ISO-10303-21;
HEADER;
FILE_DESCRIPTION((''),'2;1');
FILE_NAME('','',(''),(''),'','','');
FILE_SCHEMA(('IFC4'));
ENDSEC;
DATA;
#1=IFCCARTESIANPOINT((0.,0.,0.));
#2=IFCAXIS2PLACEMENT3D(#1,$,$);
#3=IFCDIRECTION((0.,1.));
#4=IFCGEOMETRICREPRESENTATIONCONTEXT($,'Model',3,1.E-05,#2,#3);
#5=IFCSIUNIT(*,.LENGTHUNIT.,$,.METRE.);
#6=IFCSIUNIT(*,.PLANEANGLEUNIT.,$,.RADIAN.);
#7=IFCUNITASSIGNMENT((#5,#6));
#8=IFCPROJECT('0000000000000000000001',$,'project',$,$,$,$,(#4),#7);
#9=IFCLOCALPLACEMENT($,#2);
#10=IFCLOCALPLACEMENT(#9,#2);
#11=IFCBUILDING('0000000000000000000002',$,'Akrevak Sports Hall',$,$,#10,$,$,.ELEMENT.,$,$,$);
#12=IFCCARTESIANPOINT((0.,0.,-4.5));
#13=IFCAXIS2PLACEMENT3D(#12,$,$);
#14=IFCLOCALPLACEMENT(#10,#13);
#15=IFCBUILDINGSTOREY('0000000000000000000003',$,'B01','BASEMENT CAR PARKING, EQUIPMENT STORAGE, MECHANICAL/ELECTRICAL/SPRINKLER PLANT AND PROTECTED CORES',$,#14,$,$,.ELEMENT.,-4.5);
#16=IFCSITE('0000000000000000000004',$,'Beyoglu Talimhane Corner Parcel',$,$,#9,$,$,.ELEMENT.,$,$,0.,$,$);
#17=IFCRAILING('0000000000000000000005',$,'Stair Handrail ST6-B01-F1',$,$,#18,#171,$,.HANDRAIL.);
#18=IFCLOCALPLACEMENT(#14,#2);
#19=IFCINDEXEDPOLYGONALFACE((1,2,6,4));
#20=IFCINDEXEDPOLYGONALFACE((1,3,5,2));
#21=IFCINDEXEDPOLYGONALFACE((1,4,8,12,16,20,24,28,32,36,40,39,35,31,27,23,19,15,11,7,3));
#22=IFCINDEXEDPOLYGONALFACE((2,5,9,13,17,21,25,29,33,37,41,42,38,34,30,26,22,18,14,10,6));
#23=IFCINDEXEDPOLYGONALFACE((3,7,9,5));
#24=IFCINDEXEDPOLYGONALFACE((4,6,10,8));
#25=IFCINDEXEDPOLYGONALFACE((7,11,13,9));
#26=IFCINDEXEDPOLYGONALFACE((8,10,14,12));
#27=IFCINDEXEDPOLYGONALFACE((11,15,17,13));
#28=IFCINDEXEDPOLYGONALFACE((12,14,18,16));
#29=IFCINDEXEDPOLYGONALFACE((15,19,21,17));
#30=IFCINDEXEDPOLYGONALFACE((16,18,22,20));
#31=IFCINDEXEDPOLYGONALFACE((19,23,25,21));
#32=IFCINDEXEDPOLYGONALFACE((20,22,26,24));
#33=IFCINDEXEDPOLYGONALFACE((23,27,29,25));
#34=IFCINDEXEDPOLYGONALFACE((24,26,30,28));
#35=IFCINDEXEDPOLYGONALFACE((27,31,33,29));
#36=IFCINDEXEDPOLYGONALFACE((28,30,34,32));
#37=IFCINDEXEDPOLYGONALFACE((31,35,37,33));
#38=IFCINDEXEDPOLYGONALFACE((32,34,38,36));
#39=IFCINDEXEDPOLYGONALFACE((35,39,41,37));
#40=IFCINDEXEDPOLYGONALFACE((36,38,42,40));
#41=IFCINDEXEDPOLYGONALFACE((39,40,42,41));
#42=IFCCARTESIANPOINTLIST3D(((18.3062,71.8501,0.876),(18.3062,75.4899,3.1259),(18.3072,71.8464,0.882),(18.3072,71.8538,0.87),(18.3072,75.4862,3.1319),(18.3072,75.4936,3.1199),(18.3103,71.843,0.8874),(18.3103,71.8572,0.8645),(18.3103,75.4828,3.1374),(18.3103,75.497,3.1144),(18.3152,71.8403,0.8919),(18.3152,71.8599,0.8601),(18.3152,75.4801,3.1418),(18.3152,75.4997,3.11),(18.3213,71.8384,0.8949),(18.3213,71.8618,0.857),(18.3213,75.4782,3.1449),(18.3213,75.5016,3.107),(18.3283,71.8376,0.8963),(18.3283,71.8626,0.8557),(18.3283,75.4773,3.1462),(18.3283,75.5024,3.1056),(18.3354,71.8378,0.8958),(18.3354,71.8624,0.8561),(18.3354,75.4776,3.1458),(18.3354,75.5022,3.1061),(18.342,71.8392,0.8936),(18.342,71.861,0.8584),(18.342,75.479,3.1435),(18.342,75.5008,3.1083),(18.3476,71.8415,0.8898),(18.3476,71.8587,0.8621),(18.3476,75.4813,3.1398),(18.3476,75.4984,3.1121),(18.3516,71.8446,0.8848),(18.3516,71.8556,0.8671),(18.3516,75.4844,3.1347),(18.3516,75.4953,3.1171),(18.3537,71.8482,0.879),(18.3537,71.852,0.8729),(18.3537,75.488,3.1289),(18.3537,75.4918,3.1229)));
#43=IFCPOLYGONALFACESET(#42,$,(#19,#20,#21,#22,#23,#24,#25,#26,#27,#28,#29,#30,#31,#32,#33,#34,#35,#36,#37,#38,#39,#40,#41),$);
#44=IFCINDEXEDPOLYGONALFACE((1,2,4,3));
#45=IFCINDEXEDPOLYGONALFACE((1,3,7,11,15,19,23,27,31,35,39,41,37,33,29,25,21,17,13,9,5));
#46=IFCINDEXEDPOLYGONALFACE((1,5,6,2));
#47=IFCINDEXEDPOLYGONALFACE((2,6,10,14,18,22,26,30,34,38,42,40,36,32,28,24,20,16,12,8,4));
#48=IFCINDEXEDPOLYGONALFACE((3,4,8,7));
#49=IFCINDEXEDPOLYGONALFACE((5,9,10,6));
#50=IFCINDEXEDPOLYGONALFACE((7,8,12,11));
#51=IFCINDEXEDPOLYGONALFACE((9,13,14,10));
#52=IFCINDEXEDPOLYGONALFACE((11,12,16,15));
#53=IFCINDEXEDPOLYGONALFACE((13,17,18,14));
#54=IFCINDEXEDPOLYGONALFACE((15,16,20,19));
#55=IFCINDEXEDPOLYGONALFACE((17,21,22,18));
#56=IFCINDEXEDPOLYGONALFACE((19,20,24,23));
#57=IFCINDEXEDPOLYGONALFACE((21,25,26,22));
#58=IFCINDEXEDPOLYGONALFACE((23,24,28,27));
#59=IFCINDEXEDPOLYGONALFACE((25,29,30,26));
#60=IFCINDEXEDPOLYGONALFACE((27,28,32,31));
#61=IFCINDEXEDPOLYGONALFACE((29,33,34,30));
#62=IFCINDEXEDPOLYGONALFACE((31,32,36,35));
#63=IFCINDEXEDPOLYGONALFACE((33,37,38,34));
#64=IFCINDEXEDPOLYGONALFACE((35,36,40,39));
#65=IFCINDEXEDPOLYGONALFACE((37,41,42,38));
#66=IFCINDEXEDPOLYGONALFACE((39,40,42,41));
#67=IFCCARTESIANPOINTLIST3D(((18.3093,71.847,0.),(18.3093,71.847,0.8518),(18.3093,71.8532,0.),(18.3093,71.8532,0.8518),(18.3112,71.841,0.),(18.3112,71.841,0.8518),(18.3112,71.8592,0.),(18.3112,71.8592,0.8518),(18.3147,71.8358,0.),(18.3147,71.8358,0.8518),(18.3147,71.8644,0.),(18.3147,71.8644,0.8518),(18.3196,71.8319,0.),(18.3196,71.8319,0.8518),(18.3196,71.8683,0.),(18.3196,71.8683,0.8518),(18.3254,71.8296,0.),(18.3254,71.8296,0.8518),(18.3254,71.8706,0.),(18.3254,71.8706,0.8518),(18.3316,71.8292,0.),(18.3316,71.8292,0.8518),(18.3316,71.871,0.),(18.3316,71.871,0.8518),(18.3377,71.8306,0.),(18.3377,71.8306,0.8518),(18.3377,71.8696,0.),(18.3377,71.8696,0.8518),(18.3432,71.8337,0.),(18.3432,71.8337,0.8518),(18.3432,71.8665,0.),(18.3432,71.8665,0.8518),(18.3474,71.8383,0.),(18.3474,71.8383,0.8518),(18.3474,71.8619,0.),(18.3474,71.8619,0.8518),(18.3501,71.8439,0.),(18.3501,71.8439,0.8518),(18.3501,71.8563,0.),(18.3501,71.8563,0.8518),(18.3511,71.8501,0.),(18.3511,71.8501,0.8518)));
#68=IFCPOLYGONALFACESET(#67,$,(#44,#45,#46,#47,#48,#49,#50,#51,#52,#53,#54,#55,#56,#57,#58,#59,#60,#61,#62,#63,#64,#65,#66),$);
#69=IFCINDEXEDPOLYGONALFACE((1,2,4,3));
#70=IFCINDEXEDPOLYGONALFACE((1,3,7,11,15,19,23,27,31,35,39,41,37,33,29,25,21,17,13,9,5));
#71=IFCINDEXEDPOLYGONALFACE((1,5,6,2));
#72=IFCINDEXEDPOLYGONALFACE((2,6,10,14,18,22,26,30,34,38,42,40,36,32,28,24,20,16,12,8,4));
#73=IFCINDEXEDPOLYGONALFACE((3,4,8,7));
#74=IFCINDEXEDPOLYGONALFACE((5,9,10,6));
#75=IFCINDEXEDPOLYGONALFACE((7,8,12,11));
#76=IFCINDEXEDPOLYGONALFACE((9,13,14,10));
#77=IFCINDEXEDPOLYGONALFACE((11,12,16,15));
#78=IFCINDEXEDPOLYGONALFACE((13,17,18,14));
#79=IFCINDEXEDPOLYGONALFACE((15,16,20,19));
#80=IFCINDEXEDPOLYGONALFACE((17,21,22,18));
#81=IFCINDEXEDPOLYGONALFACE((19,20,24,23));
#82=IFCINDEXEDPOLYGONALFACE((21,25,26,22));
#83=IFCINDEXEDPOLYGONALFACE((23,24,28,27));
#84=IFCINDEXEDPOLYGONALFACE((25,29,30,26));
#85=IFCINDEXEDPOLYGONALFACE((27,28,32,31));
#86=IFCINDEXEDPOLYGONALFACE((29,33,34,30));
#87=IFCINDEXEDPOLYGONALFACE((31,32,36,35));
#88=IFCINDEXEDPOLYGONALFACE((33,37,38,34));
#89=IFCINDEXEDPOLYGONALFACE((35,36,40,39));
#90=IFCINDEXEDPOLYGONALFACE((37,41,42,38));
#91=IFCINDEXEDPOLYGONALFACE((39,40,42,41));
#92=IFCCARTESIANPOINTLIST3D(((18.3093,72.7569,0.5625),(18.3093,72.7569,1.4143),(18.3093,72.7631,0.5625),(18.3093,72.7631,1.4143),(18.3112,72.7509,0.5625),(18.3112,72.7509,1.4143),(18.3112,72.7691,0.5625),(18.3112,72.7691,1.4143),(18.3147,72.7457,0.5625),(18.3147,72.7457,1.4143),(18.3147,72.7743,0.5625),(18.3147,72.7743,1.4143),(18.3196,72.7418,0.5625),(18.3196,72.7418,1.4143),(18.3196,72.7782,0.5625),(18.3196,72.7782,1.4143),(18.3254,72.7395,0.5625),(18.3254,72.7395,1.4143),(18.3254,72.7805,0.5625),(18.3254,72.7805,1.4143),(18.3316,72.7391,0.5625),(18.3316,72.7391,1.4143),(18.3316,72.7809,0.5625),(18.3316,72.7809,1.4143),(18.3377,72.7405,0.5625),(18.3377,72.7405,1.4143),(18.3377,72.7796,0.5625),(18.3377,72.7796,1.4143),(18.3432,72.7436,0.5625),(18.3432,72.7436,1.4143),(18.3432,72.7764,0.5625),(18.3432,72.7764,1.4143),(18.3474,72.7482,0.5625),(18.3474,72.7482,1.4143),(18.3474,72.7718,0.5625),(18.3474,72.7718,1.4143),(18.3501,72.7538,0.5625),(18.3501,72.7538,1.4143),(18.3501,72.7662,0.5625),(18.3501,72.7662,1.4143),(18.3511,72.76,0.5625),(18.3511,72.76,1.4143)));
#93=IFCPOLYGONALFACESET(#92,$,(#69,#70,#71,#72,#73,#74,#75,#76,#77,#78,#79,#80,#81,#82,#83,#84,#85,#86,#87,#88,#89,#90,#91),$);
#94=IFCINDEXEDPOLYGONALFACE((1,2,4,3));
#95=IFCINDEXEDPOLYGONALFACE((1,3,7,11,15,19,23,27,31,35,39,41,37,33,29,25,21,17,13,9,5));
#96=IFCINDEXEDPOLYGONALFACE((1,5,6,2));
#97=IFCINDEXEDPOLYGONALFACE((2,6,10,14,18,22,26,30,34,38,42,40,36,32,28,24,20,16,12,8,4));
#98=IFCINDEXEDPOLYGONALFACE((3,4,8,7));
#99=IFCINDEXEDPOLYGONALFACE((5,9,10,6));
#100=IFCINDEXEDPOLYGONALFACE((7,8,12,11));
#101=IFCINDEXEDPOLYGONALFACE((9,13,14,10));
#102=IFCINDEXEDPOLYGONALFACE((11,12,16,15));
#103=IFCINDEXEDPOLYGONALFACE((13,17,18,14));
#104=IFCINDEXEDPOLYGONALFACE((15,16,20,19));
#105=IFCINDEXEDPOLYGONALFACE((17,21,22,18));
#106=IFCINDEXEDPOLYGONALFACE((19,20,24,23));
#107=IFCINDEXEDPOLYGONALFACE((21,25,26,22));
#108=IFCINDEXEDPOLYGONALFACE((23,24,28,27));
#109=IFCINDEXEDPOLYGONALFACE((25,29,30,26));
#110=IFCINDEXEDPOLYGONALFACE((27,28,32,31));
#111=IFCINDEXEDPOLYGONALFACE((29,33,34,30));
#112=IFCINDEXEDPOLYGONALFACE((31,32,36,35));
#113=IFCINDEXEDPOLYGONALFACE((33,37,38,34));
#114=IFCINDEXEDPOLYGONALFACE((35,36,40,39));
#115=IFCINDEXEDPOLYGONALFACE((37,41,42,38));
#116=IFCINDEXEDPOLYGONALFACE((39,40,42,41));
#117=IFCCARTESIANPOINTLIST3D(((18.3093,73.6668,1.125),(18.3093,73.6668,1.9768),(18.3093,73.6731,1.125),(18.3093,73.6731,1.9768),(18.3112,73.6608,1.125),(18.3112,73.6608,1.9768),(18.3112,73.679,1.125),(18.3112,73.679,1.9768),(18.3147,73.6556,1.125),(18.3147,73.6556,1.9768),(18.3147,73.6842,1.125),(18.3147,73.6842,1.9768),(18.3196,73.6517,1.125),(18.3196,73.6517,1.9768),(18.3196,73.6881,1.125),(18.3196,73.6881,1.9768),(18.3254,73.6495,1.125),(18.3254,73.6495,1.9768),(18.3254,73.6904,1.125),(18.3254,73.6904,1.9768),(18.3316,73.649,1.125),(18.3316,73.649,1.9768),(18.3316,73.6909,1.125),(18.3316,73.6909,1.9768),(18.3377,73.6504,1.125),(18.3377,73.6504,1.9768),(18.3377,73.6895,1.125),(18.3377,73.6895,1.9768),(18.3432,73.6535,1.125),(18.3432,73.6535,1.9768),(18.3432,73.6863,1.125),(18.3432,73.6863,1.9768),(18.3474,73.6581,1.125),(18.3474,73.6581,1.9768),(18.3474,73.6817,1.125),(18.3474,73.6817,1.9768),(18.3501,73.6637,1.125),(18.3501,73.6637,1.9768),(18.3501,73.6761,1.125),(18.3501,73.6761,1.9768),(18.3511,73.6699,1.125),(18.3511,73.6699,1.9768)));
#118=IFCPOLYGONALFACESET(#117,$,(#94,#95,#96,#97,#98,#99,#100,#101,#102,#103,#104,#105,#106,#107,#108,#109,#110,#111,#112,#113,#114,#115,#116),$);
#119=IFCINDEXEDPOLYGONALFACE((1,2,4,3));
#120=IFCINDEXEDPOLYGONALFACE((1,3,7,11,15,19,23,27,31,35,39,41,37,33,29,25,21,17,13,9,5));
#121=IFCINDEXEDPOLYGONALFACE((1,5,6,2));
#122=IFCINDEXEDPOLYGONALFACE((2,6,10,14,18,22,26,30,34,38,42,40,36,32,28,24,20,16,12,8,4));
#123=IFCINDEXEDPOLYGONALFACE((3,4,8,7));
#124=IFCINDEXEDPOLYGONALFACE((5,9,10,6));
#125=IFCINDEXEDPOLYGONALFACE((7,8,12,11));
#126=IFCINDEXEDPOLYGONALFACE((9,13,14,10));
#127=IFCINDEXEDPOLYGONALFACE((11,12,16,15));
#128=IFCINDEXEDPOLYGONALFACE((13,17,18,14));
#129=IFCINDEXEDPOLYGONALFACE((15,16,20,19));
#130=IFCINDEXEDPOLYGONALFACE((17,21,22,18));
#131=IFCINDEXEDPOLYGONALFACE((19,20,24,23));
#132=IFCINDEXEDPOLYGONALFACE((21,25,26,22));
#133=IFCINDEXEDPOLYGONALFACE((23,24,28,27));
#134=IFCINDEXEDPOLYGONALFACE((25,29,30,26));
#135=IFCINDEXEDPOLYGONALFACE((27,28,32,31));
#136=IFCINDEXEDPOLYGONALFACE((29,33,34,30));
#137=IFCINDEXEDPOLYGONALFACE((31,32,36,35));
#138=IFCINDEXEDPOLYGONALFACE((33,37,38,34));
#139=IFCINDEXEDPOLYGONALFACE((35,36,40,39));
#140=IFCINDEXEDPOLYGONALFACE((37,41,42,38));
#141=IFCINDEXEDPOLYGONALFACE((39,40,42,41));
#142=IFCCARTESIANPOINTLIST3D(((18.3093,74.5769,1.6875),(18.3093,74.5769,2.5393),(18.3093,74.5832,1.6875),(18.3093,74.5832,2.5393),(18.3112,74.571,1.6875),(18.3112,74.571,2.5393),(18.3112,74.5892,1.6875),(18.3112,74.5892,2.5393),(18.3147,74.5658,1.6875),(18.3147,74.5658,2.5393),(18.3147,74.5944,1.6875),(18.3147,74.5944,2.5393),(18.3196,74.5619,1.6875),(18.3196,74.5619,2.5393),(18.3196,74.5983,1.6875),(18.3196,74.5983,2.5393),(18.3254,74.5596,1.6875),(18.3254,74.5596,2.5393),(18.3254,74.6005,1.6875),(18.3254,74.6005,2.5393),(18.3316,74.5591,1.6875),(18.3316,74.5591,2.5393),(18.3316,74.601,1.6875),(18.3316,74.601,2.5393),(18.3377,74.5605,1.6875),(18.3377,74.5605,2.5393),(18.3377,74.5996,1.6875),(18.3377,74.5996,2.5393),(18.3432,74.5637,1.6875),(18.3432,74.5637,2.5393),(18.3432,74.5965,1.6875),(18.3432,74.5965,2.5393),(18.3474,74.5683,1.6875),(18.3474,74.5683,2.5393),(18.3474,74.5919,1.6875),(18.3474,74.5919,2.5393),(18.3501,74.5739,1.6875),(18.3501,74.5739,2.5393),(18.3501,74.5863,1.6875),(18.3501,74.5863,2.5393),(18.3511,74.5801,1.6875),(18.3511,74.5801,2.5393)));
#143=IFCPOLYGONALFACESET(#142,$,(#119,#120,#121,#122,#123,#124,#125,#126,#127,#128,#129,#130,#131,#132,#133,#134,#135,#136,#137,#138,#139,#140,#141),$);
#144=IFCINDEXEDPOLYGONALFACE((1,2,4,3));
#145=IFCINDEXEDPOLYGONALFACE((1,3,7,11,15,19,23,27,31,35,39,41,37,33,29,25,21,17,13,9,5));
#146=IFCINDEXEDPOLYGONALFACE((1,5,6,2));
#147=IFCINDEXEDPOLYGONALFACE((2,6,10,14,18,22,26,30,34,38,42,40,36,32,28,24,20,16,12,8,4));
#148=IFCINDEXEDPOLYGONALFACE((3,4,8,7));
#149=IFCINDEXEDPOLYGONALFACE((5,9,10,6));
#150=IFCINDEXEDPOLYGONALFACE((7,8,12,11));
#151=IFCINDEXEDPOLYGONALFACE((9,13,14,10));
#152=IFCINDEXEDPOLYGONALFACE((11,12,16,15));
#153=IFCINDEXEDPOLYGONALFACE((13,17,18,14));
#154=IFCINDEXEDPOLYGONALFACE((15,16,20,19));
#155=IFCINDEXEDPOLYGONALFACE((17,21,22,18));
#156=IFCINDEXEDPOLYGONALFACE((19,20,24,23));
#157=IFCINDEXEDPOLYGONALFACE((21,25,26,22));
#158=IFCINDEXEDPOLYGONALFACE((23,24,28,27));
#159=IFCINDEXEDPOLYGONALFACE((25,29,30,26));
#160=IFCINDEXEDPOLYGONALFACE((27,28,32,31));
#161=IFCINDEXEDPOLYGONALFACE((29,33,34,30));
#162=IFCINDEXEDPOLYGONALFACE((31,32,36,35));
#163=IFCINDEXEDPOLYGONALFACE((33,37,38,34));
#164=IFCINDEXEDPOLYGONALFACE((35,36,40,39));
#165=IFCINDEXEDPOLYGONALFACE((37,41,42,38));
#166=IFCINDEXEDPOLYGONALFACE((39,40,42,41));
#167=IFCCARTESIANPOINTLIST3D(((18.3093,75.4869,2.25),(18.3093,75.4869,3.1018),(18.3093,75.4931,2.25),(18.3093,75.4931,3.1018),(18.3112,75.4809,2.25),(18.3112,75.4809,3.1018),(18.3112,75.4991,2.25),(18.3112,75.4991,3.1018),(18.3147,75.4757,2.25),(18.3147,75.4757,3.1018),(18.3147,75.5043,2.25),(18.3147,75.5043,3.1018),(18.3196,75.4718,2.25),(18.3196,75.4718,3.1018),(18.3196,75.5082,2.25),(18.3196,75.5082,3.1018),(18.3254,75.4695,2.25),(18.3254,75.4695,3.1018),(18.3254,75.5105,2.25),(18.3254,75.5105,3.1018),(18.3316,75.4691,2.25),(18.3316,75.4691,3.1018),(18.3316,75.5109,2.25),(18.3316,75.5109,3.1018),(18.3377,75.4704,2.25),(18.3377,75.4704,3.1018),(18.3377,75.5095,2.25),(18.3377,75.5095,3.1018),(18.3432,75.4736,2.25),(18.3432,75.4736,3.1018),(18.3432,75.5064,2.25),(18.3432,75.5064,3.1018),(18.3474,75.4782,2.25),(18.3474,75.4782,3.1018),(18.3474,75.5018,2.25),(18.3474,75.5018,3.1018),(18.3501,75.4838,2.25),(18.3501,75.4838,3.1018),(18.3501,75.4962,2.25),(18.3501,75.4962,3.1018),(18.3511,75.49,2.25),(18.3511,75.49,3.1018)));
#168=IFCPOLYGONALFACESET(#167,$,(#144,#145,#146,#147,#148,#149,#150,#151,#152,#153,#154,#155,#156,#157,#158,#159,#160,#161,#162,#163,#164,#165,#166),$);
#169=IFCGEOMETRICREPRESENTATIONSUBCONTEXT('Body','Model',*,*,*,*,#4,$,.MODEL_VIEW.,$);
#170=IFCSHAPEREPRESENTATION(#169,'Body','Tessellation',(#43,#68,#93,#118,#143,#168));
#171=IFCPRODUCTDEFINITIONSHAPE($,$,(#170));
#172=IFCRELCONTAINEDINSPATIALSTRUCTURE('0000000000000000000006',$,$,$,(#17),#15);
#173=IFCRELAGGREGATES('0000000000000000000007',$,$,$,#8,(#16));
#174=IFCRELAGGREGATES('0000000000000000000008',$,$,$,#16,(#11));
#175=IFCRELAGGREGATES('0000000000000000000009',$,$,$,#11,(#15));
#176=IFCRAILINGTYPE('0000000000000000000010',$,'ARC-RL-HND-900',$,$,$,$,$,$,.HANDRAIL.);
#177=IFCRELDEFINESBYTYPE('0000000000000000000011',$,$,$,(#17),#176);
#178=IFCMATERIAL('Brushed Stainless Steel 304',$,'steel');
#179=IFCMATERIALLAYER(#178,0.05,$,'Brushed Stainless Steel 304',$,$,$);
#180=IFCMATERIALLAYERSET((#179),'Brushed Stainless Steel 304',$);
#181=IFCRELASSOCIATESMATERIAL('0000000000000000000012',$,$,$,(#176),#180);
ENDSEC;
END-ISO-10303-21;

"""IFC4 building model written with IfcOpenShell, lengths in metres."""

from ifc_helpers import new_model, si_unit, direction, frame, origin, origin_2d, place, context, subcontext, project, spatial, circle, extrude, material, layer, layer_set, type_object, element, save


model = new_model("IFC4")

# Units and contexts
model_context = context("Model", 3, precision=1e-05, world=origin(), true_north=direction((0.0, 1.0)))
body_context = subcontext(model_context, "Body", "Model", "MODEL_VIEW")
ifc_project = project(units=[si_unit("LENGTHUNIT", "METRE"), si_unit("PLANEANGLEUNIT", "RADIAN")], contexts=[model_context])

# Site, building, storey
site_placement = place(None, origin())
site = spatial("IfcSite", under=ifc_project, at=site_placement, Name="Beyoglu Talimhane Corner Parcel", CompositionType="ELEMENT", RefElevation=0.0)
building_placement = place(site_placement, origin())
building = spatial("IfcBuilding", under=site, at=building_placement, Name="Akrevak Sports Hall", CompositionType="ELEMENT")
storey_placement = place(building_placement, frame((0.0, 0.0, -4.5)))
storey = spatial("IfcBuildingStorey", under=building, at=storey_placement, Name="B01", Description="BASEMENT CAR PARKING, EQUIPMENT STORAGE, MECHANICAL/ELECTRICAL/SPRINKLER PLANT AND PROTECTED CORES", CompositionType="ELEMENT", Elevation=-4.5)

# Railing
ifc_material_1 = material(Name="Brushed Stainless Steel 304", Category="steel")
ifc_layer_1 = layer(ifc_material_1, 0.05, Name="Brushed Stainless Steel 304")
ifc_layer_set_1 = layer_set([ifc_layer_1], Name="Brushed Stainless Steel 304")
railing_type_1 = type_object("IfcRailingType", Name="ARC-RL-HND-900", PredefinedType="HANDRAIL", material=ifc_layer_set_1)
railing_1_placement = place(storey_placement, frame((18.3301, 71.8501, 0.0)))
element("IfcRailing", 1, at=railing_1_placement, inside=storey, type_object=railing_type_1, Name="Stair Handrail ST6-B01-F1", PredefinedType="HANDRAIL", context=body_context, shape_type="SweptSolid", body=[
    extrude(circle(Radius=0.0239, at=origin_2d()), frame((0.0, 0.0, 0.876), z_axis=(0.0, 0.850607, 0.525803), x_axis=(-1.0, 0.0, 0.0)), (0.0, 0.0, 1.0), 4.2791),
    extrude(circle(Radius=0.021, at=origin_2d()), origin(), (0.0, 0.0, 1.0), 0.8518),
    extrude(circle(Radius=0.021, at=origin_2d()), frame((0.0, 0.9099, 0.5625)), (0.0, 0.0, 1.0), 0.8518),
    extrude(circle(Radius=0.021, at=origin_2d()), frame((0.0, 1.8198, 1.125)), (0.0, 0.0, 1.0), 0.8518),
    extrude(circle(Radius=0.021, at=origin_2d()), frame((0.0, 2.73, 1.6875)), (0.0, 0.0, 1.0), 0.8518),
    extrude(circle(Radius=0.021, at=origin_2d()), frame((0.0, 3.6399, 2.25)), (0.0, 0.0, 1.0), 0.8518),
])

save(model, "model.ifc")
